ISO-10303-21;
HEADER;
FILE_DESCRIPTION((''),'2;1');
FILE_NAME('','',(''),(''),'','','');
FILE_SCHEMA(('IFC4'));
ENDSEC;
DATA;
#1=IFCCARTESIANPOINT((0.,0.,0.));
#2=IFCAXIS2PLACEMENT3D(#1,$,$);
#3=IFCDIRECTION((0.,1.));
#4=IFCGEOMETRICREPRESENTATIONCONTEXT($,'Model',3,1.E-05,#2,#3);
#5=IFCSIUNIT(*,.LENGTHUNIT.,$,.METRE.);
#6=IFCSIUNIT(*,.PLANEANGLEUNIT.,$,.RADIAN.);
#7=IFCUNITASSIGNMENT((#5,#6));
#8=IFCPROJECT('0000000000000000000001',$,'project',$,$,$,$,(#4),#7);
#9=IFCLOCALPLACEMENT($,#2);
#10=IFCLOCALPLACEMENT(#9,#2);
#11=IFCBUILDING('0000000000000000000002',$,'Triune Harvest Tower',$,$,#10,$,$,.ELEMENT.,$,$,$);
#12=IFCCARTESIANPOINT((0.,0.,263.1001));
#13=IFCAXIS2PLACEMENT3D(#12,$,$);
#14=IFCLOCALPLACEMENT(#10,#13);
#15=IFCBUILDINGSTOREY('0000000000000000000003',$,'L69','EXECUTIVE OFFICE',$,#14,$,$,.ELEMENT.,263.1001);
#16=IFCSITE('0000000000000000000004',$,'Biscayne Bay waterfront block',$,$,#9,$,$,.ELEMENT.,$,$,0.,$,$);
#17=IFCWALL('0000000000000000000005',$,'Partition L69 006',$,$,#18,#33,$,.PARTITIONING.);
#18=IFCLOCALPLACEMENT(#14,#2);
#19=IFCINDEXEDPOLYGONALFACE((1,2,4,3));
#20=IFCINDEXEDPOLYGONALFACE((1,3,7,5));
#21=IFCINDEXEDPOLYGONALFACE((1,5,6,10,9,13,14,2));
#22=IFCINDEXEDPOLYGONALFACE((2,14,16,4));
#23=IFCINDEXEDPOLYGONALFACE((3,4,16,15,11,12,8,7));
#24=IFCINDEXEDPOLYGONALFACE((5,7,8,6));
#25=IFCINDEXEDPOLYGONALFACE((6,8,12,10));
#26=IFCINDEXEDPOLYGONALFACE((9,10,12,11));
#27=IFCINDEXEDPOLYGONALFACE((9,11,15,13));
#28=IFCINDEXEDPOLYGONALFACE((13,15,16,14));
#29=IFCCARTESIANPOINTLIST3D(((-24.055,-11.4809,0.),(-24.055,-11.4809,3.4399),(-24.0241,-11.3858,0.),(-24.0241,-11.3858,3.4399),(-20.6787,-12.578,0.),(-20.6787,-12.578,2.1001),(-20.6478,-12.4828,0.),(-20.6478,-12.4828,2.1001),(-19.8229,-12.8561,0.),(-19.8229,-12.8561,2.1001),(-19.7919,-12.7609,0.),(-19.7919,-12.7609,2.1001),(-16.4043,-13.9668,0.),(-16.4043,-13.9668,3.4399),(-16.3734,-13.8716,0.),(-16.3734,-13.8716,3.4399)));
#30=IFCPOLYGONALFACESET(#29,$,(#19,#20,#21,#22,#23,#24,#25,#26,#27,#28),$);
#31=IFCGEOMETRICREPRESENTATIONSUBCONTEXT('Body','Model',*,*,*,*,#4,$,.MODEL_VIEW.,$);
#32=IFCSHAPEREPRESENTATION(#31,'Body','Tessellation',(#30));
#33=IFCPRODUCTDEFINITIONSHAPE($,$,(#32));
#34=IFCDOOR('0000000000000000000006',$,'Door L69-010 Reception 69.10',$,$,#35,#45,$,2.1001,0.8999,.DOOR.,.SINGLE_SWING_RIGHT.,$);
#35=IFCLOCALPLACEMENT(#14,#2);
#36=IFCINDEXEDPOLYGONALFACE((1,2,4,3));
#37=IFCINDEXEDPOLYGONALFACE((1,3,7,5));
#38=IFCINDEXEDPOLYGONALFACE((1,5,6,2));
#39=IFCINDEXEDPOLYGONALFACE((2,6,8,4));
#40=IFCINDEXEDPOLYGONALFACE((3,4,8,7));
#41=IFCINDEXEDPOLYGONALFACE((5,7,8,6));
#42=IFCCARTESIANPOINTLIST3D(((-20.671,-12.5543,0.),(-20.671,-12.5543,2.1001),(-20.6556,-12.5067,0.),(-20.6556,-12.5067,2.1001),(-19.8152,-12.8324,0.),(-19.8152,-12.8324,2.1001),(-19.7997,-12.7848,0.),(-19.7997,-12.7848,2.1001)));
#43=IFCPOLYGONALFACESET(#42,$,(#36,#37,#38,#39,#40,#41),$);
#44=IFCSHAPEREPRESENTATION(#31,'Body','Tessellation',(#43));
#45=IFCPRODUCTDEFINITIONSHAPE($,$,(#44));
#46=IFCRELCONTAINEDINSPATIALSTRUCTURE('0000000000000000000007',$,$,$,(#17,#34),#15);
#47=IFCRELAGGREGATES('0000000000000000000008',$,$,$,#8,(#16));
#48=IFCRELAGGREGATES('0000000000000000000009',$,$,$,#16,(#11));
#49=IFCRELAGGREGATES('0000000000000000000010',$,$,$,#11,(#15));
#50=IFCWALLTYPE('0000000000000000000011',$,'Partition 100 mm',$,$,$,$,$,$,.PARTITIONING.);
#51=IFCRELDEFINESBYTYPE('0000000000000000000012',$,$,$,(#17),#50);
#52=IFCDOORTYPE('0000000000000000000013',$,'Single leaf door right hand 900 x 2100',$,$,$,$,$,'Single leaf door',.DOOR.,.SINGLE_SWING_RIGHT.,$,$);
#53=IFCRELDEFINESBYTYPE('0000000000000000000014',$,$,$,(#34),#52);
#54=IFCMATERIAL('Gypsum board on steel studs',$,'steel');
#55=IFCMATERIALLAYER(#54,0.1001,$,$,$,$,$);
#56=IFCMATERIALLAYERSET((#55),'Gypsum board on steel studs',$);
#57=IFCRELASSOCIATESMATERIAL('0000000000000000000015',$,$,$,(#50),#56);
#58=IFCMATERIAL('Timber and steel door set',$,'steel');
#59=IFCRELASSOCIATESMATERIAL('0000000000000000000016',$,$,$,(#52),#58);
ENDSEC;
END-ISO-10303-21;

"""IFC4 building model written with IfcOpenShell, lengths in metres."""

from ifc_helpers import new_model, si_unit, direction, frame, frame_2d, origin, place, context, subcontext, project, spatial, rectangle, extrude, material, layer, layer_set, type_object, element, fill, save


model = new_model("IFC4")

# Units and contexts
model_context = context("Model", 3, precision=1e-05, world=origin(), true_north=direction((0.0, 1.0)))
body_context = subcontext(model_context, "Body", "Model", "MODEL_VIEW")
ifc_project = project(units=[si_unit("LENGTHUNIT", "METRE"), si_unit("PLANEANGLEUNIT", "RADIAN")], contexts=[model_context])

# Site, building, storey
site_placement = place(None, origin())
site = spatial("IfcSite", under=ifc_project, at=site_placement, Name="Biscayne Bay waterfront block", CompositionType="ELEMENT", RefElevation=0.0)
building_placement = place(site_placement, origin())
building = spatial("IfcBuilding", under=site, at=building_placement, Name="Triune Harvest Tower", CompositionType="ELEMENT")
storey_placement = place(building_placement, frame((0.0, 0.0, 263.1001)))
storey = spatial("IfcBuildingStorey", under=building, at=storey_placement, Name="L69", Description="EXECUTIVE OFFICE", CompositionType="ELEMENT", Elevation=263.1001)

# Wall, opening, door
ifc_material_1 = material(Name="Gypsum board on steel studs", Category="steel")
ifc_layer_1 = layer(ifc_material_1, 0.1001)
ifc_layer_set_1 = layer_set([ifc_layer_1], Name="Gypsum board on steel studs")
wall_type = type_object("IfcWallType", Name="Partition 100 mm", PredefinedType="PARTITIONING", material=ifc_layer_set_1)
wall_placement = place(storey_placement, frame((-24.0396, -11.4333, 0.0), z_axis=(0.0, 0.0, 1.0), x_axis=(0.951057, -0.309017, 0.0)))
wall = element("IfcWall", 1, at=wall_placement, inside=storey, type_object=wall_type, Name="Partition L69 006", PredefinedType="PARTITIONING", context=body_context, shape_type="SweptSolid", body=[
    extrude(rectangle(XDim=8.0444, YDim=0.1001, at=frame_2d((4.0222, 0.0))), origin(), (0.0, 0.0, 1.0), 3.4399),
])
opening_placement = place(wall_placement, frame((3.55, 0.0, 0.0)))
opening = element("IfcOpeningElement", 2, at=opening_placement, cuts=wall, PredefinedType="OPENING", context=body_context, shape_type="SweptSolid", body=[
    extrude(rectangle(XDim=0.8999, YDim=2.1001, at=frame_2d((0.45, 1.05))), frame((0.0, 0.0601, 0.0), z_axis=(0.0, -1.0, 0.0), x_axis=(1.0, 0.0, 0.0)), (0.0, 0.0, 1.0), 0.1201),
])
ifc_material_2 = material(Name="Timber and steel door set", Category="steel")
door_type = type_object("IfcDoorType", Name="Single leaf door right hand 900 x 2100", ElementType="Single leaf door", OperationType="SINGLE_SWING_RIGHT", PredefinedType="DOOR", material=ifc_material_2)
door_placement = place(opening_placement, origin())
door = element("IfcDoor", 3, at=door_placement, inside=storey, type_object=door_type, Name="Door L69-010 Reception 69.10", OperationType="SINGLE_SWING_RIGHT", OverallHeight=2.1001, OverallWidth=0.8999, PredefinedType="DOOR", context=body_context, shape_type="SweptSolid", body=[
    extrude(rectangle(XDim=0.8999, YDim=2.1001, at=frame_2d((0.45, 1.05))), frame((0.0, 0.0249, 0.0), z_axis=(0.0, -1.0, 0.0), x_axis=(1.0, 0.0, 0.0)), (0.0, 0.0, 1.0), 0.05),
])
fill(opening, door)

save(model, "model.ifc")
